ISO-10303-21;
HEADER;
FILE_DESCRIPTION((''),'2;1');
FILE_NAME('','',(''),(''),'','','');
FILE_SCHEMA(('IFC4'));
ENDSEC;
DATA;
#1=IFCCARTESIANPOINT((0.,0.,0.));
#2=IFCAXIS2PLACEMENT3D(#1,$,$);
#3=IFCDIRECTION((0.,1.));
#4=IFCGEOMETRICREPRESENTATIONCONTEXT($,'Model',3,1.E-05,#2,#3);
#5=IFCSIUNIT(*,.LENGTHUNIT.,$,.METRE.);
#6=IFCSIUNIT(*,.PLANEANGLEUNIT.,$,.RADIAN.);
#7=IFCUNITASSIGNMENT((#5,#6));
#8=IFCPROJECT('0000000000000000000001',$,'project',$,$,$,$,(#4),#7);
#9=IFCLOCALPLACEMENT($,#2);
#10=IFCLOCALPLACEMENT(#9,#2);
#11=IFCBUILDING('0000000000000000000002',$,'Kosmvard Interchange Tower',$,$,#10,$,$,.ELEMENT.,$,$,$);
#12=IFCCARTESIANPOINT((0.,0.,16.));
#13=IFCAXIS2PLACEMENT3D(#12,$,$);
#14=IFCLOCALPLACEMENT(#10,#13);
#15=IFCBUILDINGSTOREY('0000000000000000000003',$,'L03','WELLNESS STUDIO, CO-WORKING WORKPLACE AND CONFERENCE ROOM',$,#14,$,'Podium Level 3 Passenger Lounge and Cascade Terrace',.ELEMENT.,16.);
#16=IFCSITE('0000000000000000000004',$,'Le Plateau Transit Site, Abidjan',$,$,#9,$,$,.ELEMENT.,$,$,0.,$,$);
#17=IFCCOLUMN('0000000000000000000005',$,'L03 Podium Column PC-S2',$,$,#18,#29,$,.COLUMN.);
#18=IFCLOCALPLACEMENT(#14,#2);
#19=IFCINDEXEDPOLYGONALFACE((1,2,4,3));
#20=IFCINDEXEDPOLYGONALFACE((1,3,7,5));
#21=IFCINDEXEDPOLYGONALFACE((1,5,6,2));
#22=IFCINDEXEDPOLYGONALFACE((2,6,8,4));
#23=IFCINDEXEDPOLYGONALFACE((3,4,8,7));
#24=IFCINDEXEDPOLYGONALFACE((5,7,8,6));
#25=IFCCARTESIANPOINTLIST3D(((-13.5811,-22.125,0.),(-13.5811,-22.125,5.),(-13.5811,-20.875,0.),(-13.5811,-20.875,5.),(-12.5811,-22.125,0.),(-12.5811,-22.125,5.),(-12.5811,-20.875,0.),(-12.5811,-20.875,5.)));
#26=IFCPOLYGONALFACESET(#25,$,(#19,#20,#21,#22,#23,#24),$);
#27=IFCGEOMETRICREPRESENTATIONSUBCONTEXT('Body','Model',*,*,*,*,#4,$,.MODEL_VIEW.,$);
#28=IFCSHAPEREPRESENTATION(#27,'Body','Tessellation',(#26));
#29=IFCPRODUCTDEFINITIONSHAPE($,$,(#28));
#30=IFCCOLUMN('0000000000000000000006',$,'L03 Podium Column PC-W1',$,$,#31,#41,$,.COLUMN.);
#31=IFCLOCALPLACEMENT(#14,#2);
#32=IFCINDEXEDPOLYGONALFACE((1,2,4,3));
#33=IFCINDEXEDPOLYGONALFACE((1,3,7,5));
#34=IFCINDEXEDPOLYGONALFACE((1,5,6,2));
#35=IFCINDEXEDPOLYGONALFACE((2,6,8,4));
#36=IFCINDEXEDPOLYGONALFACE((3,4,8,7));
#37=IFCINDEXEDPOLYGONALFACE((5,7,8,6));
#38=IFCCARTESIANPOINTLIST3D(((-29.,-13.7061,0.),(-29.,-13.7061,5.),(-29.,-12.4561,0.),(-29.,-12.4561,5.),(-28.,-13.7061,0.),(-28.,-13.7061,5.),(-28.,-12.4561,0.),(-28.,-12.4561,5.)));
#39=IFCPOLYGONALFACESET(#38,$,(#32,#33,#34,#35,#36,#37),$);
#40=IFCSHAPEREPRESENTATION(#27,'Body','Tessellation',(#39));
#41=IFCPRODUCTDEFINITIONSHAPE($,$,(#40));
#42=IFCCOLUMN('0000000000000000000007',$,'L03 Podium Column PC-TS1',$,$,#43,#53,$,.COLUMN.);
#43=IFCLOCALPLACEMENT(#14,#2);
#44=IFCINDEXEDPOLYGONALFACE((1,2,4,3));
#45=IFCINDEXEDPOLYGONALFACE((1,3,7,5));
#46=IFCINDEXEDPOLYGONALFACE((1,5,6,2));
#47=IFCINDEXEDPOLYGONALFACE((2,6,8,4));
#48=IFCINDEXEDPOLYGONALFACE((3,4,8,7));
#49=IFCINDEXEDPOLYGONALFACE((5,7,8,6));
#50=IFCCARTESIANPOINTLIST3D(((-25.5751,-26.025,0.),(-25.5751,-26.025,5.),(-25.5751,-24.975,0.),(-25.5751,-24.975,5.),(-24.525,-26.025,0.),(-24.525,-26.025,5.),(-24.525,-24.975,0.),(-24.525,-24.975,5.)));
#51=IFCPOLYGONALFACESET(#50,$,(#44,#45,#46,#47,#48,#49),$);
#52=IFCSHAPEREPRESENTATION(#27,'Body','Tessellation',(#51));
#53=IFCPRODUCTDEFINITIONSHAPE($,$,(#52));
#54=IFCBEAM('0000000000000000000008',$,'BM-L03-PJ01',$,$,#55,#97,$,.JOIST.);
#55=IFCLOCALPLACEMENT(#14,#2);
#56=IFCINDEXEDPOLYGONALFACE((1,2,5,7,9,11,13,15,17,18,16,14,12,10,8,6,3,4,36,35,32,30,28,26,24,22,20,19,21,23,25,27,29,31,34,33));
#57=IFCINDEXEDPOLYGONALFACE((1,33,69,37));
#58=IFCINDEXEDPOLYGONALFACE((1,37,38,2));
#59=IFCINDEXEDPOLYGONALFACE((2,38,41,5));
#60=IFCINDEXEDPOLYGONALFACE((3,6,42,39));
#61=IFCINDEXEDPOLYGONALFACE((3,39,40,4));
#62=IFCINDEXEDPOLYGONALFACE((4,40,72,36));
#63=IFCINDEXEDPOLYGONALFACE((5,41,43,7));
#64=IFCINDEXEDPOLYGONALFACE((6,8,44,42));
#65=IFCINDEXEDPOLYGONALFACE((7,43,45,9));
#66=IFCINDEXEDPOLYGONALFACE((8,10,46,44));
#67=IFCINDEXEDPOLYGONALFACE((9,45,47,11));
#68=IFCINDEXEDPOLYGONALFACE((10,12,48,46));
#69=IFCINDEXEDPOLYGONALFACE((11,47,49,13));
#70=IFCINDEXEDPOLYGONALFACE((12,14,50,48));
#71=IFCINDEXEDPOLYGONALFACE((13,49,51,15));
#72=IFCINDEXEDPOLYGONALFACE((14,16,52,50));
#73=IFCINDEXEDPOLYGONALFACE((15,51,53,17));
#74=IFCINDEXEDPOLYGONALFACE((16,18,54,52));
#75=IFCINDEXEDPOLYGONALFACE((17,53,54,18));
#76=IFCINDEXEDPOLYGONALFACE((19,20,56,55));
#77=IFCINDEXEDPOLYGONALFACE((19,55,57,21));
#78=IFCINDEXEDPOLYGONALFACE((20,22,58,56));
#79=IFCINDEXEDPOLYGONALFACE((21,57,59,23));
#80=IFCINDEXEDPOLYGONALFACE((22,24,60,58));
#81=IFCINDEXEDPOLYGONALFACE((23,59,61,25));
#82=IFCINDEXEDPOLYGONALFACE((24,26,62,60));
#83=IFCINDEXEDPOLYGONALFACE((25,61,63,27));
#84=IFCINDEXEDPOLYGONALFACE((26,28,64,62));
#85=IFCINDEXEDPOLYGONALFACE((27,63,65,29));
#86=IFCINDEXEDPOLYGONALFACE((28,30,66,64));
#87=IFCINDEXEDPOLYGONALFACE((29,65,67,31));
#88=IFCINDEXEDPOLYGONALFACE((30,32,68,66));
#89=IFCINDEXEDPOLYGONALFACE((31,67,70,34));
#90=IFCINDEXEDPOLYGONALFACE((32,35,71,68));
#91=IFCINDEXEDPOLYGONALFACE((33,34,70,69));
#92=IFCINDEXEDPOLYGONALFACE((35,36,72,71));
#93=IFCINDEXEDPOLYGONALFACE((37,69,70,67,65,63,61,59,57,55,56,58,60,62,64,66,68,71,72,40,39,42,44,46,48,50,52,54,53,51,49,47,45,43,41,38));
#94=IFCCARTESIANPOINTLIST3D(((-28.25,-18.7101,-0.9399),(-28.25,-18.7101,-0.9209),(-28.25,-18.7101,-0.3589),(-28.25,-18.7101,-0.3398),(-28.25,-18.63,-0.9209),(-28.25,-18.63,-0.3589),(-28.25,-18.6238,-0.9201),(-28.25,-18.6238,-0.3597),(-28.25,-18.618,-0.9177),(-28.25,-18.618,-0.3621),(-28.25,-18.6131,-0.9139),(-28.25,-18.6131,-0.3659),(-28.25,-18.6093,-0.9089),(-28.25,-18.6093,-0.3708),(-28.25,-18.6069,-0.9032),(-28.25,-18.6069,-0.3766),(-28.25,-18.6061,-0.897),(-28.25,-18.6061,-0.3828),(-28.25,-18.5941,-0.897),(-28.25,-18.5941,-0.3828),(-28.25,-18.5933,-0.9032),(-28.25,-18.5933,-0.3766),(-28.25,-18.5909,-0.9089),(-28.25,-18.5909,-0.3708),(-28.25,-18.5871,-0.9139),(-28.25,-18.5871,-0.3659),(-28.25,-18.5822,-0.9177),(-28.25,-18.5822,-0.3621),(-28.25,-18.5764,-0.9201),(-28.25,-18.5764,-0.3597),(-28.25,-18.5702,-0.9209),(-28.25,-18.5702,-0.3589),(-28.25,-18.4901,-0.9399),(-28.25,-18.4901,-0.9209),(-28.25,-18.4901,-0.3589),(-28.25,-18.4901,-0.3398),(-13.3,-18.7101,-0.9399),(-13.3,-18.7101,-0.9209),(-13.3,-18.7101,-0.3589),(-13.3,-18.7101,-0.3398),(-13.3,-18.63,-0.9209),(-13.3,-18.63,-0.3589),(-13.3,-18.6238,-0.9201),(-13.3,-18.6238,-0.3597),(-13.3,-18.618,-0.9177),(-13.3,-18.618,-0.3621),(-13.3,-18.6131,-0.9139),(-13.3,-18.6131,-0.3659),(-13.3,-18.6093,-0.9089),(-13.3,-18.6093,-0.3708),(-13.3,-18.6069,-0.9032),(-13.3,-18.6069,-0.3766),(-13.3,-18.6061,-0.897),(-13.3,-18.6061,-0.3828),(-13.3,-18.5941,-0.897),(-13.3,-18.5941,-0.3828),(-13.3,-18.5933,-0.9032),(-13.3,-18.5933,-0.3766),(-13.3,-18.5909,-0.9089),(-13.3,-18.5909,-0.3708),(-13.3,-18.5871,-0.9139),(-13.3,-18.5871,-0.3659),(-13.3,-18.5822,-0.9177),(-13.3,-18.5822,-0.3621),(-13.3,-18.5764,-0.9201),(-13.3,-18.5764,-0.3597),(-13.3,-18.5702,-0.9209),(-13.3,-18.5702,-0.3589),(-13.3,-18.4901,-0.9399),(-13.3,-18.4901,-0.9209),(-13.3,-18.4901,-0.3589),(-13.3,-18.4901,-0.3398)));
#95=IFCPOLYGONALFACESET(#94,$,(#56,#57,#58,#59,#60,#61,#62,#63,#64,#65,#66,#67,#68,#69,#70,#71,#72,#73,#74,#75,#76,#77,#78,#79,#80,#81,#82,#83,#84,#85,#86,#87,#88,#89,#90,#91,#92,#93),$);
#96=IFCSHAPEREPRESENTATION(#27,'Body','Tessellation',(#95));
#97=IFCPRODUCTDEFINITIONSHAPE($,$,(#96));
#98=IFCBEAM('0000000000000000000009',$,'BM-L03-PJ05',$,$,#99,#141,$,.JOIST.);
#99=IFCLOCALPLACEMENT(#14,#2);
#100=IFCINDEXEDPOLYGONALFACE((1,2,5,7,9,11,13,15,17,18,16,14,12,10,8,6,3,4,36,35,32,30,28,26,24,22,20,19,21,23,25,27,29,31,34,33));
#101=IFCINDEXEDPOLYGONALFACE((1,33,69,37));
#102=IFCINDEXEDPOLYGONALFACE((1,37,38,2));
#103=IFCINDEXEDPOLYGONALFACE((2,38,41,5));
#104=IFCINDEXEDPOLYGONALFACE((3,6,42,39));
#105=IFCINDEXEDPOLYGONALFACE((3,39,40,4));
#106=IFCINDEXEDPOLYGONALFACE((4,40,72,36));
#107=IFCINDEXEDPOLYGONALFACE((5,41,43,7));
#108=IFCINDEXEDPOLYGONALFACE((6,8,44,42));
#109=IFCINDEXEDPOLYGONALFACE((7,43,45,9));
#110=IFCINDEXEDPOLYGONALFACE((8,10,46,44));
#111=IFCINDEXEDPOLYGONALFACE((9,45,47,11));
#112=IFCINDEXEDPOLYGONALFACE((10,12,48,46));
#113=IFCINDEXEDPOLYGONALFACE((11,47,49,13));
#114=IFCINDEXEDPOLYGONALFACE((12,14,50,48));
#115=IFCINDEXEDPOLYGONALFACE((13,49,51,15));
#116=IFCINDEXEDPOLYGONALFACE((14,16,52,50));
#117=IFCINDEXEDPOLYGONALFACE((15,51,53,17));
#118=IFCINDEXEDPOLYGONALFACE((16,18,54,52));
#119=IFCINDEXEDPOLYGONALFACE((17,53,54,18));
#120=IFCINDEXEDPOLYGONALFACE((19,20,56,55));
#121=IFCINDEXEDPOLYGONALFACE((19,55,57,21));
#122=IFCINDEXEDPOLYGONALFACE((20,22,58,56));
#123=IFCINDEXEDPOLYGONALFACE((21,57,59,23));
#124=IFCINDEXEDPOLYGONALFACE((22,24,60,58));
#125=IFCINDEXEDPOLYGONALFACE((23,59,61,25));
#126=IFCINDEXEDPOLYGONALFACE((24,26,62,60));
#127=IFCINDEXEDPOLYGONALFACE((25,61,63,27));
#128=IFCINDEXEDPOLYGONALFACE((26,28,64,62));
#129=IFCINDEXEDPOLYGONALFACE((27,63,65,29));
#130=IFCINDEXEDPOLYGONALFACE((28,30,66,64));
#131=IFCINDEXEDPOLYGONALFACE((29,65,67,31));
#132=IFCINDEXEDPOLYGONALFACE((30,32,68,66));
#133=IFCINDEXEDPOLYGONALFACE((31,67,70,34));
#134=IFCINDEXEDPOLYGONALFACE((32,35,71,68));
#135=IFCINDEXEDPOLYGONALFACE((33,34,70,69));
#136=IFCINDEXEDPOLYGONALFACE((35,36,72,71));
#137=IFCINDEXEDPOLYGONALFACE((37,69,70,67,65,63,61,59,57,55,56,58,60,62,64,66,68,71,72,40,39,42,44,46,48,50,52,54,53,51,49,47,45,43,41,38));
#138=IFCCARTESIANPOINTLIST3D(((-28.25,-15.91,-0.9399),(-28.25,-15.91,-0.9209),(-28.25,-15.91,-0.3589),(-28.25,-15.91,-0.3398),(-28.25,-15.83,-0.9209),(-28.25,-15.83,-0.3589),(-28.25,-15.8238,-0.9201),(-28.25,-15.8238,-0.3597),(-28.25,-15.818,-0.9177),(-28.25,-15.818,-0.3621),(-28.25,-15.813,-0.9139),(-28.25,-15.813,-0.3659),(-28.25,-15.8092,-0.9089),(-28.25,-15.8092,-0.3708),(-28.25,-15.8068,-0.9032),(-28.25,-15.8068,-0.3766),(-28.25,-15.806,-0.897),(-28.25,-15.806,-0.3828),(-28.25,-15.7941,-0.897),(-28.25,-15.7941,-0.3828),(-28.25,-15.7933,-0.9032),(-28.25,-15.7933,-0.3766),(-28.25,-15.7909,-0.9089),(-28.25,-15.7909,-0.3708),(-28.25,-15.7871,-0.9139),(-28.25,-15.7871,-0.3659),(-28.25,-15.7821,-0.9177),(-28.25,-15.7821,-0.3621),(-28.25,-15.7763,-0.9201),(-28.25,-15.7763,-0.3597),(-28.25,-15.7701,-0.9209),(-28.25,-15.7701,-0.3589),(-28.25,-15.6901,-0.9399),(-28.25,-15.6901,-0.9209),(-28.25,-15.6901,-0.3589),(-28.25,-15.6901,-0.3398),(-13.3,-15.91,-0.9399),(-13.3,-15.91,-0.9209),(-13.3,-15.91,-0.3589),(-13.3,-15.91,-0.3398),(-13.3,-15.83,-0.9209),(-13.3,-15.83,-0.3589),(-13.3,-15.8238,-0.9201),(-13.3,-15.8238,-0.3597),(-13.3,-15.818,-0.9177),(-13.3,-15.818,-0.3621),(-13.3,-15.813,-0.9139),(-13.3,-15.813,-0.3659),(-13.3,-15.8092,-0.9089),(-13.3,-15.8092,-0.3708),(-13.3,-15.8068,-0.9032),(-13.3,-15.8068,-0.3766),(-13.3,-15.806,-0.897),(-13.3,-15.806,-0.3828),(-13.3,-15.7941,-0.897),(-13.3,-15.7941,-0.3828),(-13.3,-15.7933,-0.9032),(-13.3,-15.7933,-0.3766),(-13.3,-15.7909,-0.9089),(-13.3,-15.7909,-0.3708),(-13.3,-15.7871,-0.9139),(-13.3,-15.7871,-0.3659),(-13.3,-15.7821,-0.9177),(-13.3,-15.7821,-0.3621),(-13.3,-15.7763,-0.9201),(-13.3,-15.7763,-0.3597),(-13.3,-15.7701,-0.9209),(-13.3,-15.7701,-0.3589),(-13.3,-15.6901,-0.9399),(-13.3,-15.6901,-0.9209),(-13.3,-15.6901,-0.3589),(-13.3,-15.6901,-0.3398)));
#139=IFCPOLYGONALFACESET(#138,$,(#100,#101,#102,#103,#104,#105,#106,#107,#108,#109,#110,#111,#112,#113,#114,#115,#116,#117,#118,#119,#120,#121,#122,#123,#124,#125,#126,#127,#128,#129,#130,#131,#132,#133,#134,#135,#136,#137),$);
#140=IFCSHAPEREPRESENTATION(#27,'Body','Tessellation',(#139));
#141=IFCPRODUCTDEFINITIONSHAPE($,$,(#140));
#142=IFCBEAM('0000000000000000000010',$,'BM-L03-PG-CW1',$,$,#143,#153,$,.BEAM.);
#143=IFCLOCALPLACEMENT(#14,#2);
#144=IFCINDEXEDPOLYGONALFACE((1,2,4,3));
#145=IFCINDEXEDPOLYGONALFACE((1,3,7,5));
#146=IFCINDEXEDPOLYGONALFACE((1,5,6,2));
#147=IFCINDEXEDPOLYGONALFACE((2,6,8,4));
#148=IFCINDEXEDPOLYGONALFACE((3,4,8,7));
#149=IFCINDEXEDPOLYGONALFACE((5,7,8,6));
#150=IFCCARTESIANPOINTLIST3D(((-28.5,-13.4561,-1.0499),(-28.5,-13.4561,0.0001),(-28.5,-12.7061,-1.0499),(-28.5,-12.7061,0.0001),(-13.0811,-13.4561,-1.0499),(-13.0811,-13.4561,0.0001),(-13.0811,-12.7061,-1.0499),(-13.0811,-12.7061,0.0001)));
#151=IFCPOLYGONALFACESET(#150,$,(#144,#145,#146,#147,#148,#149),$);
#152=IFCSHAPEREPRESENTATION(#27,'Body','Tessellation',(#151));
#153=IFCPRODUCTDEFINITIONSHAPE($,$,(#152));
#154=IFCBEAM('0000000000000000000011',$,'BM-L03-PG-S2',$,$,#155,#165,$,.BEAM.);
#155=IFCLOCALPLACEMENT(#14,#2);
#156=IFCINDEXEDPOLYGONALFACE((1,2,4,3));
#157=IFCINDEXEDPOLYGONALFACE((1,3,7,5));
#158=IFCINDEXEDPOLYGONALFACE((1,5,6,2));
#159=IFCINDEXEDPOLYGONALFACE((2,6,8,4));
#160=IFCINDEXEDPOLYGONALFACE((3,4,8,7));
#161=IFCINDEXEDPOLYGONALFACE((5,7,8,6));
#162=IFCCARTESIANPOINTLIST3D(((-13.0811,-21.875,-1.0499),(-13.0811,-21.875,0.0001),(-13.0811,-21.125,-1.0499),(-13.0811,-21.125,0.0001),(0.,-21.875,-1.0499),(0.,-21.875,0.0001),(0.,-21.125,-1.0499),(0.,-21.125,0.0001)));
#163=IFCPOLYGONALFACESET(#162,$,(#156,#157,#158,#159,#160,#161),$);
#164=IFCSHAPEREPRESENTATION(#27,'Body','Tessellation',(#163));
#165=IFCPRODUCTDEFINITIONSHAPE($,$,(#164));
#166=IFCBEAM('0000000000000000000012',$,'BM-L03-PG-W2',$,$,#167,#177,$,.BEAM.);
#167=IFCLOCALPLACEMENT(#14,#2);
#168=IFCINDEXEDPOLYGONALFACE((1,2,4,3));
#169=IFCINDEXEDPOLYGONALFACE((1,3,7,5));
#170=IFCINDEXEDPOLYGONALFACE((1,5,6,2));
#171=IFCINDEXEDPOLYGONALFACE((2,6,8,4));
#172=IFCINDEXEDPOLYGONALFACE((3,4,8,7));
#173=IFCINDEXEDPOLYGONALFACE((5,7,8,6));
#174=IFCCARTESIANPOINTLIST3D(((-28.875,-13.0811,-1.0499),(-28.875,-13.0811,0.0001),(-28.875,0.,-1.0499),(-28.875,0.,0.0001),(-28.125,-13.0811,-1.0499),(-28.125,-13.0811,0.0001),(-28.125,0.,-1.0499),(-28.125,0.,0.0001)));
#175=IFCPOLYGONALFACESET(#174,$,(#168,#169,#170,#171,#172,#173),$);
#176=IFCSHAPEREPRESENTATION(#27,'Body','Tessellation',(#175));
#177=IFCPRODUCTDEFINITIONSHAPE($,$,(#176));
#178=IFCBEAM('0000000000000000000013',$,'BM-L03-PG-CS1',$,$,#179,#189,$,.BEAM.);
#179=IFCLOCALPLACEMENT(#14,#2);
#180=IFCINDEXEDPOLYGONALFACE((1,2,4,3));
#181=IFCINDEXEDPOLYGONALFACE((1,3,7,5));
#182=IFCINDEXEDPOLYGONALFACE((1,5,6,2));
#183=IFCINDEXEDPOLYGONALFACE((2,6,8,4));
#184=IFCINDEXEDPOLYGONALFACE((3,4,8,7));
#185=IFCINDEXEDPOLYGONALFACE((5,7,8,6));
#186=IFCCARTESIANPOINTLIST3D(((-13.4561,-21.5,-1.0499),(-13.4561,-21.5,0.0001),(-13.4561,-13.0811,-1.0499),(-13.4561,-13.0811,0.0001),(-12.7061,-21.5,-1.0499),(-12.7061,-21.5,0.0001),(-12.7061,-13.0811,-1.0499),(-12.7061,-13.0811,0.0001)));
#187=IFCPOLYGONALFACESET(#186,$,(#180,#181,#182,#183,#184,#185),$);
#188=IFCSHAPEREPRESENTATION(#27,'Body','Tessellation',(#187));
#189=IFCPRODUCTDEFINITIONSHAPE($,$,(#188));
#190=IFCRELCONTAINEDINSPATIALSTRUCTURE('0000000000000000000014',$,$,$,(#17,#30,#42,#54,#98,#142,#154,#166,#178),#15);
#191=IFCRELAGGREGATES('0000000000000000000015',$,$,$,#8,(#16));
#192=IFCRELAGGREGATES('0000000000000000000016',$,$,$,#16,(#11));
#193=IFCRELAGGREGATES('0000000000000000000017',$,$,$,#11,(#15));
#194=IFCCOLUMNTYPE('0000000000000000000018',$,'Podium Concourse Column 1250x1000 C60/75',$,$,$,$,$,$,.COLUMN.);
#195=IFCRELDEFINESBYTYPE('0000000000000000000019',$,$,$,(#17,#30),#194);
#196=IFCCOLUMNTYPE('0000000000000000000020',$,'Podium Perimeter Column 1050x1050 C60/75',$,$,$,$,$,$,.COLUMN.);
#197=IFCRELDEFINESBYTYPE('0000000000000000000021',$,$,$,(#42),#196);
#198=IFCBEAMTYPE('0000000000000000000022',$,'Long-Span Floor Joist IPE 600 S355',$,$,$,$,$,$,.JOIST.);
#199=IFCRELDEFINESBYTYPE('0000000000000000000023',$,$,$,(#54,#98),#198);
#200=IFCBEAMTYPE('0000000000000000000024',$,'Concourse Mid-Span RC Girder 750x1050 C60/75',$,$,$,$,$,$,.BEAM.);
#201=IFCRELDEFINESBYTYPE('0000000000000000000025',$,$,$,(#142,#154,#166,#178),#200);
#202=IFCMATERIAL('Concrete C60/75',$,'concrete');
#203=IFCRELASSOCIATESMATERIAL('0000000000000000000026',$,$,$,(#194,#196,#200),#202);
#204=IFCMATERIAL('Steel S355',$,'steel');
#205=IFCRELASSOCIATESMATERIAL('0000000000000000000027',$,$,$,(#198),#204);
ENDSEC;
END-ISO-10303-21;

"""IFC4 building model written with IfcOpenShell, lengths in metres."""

from ifc_helpers import new_model, si_unit, direction, frame, origin, origin_2d, place, context, subcontext, project, spatial, rectangle, i_section, extrude, source, transform, mapped, material, material_profile, profile_set, type_object, element, save


model = new_model("IFC4")

# Units and contexts
model_context = context("Model", 3, precision=1e-05, world=origin(), true_north=direction((0.0, 1.0)))
body_context = subcontext(model_context, "Body", "Model", "MODEL_VIEW")
ifc_project = project(units=[si_unit("LENGTHUNIT", "METRE"), si_unit("PLANEANGLEUNIT", "RADIAN")], contexts=[model_context])

# Site, building, storey
site_placement = place(None, origin())
site = spatial("IfcSite", under=ifc_project, at=site_placement, Name="Le Plateau Transit Site, Abidjan", CompositionType="ELEMENT", RefElevation=0.0)
building_placement = place(site_placement, origin())
building = spatial("IfcBuilding", under=site, at=building_placement, Name="Kosmvard Interchange Tower", CompositionType="ELEMENT")
storey_placement = place(building_placement, frame((0.0, 0.0, 16.0)))
storey = spatial("IfcBuildingStorey", under=building, at=storey_placement, Name="L03", Description="WELLNESS STUDIO, CO-WORKING WORKPLACE AND CONFERENCE ROOM", LongName="Podium Level 3 Passenger Lounge and Cascade Terrace", CompositionType="ELEMENT", Elevation=16.0)

# Columns
ifc_material_1 = material(Name="Concrete C60/75", Category="concrete")
ifc_material_profile_1 = material_profile(ifc_material_1, rectangle(XDim=1.0, YDim=1.25, at=origin_2d()), Name="PC 1250x1000")
ifc_profile_set_1 = profile_set([ifc_material_profile_1], Name="Concrete C60/75")
column_type_1 = type_object("IfcColumnType", Name="Podium Concourse Column 1250x1000 C60/75", PredefinedType="COLUMN", material=ifc_profile_set_1)
shared_shape_1 = source(origin(), body_context, "Body", "SweptSolid", [
    extrude(rectangle(XDim=1.0, YDim=1.25, at=origin_2d()), origin(), (0.0, 0.0, 1.0), 5.0),
])
for number, where, z_axis, x_axis, name in (
    (1, (-13.0811, -21.5, 0.0), (0.0, 0.0, 1.0), (1.0, 0.0, 0.0), "L03 Podium Column PC-S2"),
    (2, (-28.5, -13.0811, 0.0), (0.0, 0.0, 1.0), (1.0, 0.0, 0.0), "L03 Podium Column PC-W1"),
):
    element("IfcColumn", number, at=place(storey_placement, frame(where, z_axis=z_axis, x_axis=x_axis)), inside=storey, type_object=column_type_1, Name=name, PredefinedType="COLUMN", context=body_context, shape_type="MappedRepresentation", body=[
        mapped(shared_shape_1, transform((0.0, 0.0, 0.0), scale=1.0)),
    ])
ifc_material_profile_2 = material_profile(ifc_material_1, rectangle(XDim=1.05, YDim=1.05, at=origin_2d()), Name="PC 1050x1050")
ifc_profile_set_2 = profile_set([ifc_material_profile_2], Name="Concrete C60/75")
column_type_2 = type_object("IfcColumnType", Name="Podium Perimeter Column 1050x1050 C60/75", PredefinedType="COLUMN", material=ifc_profile_set_2)
shared_shape_2 = source(origin(), body_context, "Body", "SweptSolid", [
    extrude(rectangle(XDim=1.05, YDim=1.05, at=origin_2d()), origin(), (0.0, 0.0, 1.0), 5.0),
])
column_placement = place(storey_placement, frame((-25.05, -25.5, 0.0), z_axis=(0.0, 0.0, 1.0), x_axis=(1.0, 0.0, 0.0)))
element("IfcColumn", 3, at=column_placement, inside=storey, type_object=column_type_2, Name="L03 Podium Column PC-TS1", PredefinedType="COLUMN", context=body_context, shape_type="MappedRepresentation", body=[
    mapped(shared_shape_2, transform((0.0, 0.0, 0.0), scale=1.0)),
])

# Beams
ifc_material_2 = material(Name="Steel S355", Category="steel")
ifc_material_profile_3 = material_profile(ifc_material_2, i_section(OverallWidth=0.22, OverallDepth=0.6001, WebThickness=0.012, FlangeThickness=0.019, FilletRadius=0.0239, at=origin_2d()), Name="IPE 600")
ifc_profile_set_3 = profile_set([ifc_material_profile_3], Name="Steel S355")
beam_type_1 = type_object("IfcBeamType", Name="Long-Span Floor Joist IPE 600 S355", PredefinedType="JOIST", material=ifc_profile_set_3)
shared_shape_3 = source(origin(), body_context, "Body", "SweptSolid", [
    extrude(i_section(OverallWidth=0.22, OverallDepth=0.6001, WebThickness=0.012, FlangeThickness=0.019, FilletRadius=0.0239, at=origin_2d()), origin(), (0.0, 0.0, 1.0), 14.95),
])
for number, where, z_axis, x_axis, name in (
    (4, (-28.25, -18.6001, -0.6399), (1.0, 0.0, 0.0), (0.0, 1.0, 0.0), "BM-L03-PJ01"),
    (5, (-28.25, -15.8, -0.6399), (1.0, 0.0, 0.0), (0.0, 1.0, 0.0), "BM-L03-PJ05"),
):
    element("IfcBeam", number, at=place(storey_placement, frame(where, z_axis=z_axis, x_axis=x_axis)), inside=storey, type_object=beam_type_1, Name=name, PredefinedType="JOIST", context=body_context, shape_type="MappedRepresentation", body=[
        mapped(shared_shape_3, transform((0.0, 0.0, 0.0), scale=1.0)),
    ])
ifc_material_profile_4 = material_profile(ifc_material_1, rectangle(XDim=0.75, YDim=1.05, at=origin_2d()), Name="RCG 750x1050")
ifc_profile_set_4 = profile_set([ifc_material_profile_4], Name="Concrete C60/75")
beam_type_2 = type_object("IfcBeamType", Name="Concourse Mid-Span RC Girder 750x1050 C60/75", PredefinedType="BEAM", material=ifc_profile_set_4)
shared_shape_4 = source(origin(), body_context, "Body", "SweptSolid", [
    extrude(rectangle(XDim=0.75, YDim=1.05, at=origin_2d()), origin(), (0.0, 0.0, 1.0), 15.4189),
])
beam_1_placement = place(storey_placement, frame((-28.5, -13.0811, -0.5249), z_axis=(1.0, 0.0, 0.0), x_axis=(0.0, 1.0, 0.0)))
element("IfcBeam", 6, at=beam_1_placement, inside=storey, type_object=beam_type_2, Name="BM-L03-PG-CW1", PredefinedType="BEAM", context=body_context, shape_type="MappedRepresentation", body=[
    mapped(shared_shape_4, transform((0.0, 0.0, 0.0), scale=1.0)),
])
shared_shape_5 = source(origin(), body_context, "Body", "SweptSolid", [
    extrude(rectangle(XDim=0.75, YDim=1.05, at=origin_2d()), origin(), (0.0, 0.0, 1.0), 13.0811),
])
for number, where, z_axis, x_axis, name in (
    (7, (-13.0811, -21.5, -0.5249), (1.0, 0.0, 0.0), (0.0, 1.0, 0.0), "BM-L03-PG-S2"),
    (8, (-28.5, -13.0811, -0.5249), (0.0, 1.0, 0.0), (-1.0, 0.0, 0.0), "BM-L03-PG-W2"),
):
    element("IfcBeam", number, at=place(storey_placement, frame(where, z_axis=z_axis, x_axis=x_axis)), inside=storey, type_object=beam_type_2, Name=name, PredefinedType="BEAM", context=body_context, shape_type="MappedRepresentation", body=[
        mapped(shared_shape_5, transform((0.0, 0.0, 0.0), scale=1.0)),
    ])
shared_shape_6 = source(origin(), body_context, "Body", "SweptSolid", [
    extrude(rectangle(XDim=0.75, YDim=1.05, at=origin_2d()), origin(), (0.0, 0.0, 1.0), 8.4189),
])
beam_2_placement = place(storey_placement, frame((-13.0811, -21.5, -0.5249), z_axis=(0.0, 1.0, 0.0), x_axis=(-1.0, 0.0, 0.0)))
element("IfcBeam", 9, at=beam_2_placement, inside=storey, type_object=beam_type_2, Name="BM-L03-PG-CS1", PredefinedType="BEAM", context=body_context, shape_type="MappedRepresentation", body=[
    mapped(shared_shape_6, transform((0.0, 0.0, 0.0), scale=1.0)),
])

save(model, "model.ifc")
